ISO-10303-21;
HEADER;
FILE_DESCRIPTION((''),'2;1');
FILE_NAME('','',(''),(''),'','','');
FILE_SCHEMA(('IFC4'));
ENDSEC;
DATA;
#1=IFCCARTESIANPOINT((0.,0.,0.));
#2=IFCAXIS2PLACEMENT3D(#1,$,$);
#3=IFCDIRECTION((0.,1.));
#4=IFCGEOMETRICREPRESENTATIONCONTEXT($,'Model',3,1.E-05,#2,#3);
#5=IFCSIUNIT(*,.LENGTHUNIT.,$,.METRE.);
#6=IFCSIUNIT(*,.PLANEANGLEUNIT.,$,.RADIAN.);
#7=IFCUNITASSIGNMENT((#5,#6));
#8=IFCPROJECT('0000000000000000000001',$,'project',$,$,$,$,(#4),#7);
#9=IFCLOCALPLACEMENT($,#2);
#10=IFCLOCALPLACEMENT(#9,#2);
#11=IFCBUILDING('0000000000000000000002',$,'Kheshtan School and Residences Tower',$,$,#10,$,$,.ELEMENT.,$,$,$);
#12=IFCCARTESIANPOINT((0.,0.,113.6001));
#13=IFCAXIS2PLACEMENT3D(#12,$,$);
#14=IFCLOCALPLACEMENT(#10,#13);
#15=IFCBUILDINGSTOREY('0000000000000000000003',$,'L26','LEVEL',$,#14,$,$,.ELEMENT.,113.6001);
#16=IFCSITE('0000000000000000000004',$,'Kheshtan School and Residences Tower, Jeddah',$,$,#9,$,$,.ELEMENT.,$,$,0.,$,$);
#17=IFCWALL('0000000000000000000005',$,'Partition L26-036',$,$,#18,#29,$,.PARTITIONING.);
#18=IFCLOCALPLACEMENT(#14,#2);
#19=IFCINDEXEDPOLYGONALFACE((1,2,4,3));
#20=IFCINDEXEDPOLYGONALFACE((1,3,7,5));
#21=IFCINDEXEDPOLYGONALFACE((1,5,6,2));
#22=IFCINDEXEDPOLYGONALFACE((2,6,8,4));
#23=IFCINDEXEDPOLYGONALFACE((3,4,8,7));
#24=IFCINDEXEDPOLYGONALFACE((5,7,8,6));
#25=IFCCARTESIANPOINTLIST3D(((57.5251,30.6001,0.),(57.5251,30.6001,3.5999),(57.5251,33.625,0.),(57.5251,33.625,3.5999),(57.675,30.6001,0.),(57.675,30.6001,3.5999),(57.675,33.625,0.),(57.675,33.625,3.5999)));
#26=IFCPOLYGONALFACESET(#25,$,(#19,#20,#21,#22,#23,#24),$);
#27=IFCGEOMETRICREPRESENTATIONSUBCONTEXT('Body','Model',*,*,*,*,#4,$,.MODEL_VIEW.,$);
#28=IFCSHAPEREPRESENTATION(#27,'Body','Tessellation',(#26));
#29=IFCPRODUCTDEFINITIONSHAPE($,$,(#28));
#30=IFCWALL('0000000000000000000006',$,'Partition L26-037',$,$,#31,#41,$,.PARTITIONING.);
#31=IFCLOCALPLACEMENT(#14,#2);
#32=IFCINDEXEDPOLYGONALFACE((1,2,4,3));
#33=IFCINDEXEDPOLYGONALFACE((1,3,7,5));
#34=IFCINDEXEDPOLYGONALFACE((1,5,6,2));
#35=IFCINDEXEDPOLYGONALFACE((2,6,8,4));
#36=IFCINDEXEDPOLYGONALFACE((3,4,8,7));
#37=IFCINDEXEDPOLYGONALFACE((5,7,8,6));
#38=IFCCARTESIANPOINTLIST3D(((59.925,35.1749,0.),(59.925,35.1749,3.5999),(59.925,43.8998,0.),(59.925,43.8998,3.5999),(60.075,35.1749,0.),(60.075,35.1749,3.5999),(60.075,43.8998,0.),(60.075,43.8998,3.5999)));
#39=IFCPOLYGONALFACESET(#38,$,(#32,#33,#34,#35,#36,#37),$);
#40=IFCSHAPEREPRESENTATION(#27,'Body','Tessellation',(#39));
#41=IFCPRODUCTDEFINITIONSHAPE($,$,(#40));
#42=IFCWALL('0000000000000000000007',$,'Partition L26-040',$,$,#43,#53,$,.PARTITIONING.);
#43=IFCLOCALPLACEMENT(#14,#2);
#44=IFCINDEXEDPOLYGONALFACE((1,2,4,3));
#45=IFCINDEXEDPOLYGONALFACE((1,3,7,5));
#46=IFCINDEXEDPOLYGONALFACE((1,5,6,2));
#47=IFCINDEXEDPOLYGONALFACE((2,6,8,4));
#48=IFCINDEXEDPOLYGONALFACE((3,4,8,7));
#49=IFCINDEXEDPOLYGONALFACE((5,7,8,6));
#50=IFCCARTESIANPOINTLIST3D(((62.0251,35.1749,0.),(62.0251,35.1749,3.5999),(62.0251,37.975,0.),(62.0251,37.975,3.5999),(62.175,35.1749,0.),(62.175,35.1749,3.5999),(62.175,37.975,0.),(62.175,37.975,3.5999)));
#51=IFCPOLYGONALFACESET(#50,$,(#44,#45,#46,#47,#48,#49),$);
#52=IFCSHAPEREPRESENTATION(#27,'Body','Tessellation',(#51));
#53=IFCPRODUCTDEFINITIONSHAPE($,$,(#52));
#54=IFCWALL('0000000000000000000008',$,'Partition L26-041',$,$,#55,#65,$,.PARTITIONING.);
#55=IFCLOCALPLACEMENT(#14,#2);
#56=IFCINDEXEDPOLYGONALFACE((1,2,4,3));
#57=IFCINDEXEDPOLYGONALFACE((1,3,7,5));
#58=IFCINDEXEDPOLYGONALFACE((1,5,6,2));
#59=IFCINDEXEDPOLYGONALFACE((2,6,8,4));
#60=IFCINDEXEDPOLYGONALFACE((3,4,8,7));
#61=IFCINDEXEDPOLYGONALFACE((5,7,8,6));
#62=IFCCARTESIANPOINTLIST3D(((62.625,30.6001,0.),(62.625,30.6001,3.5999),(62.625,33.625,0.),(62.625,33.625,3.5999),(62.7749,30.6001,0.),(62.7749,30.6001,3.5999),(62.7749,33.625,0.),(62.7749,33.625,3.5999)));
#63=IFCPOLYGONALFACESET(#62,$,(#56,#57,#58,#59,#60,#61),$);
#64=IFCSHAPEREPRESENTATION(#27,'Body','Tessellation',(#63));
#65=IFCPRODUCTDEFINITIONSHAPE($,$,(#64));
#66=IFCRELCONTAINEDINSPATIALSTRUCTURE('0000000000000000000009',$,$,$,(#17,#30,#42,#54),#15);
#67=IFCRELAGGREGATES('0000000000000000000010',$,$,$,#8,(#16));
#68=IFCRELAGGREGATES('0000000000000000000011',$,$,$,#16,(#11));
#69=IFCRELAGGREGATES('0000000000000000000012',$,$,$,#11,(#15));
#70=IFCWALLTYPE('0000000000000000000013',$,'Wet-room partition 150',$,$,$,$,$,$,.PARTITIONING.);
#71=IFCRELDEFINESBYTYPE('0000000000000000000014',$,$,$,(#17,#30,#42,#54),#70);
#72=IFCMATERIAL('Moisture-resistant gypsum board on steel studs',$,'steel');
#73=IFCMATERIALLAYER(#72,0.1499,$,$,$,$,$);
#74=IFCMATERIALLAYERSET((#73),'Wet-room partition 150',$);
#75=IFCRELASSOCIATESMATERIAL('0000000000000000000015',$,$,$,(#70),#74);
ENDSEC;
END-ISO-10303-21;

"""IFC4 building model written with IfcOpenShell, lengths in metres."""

from ifc_helpers import new_model, si_unit, direction, frame, frame_2d, origin, place, context, subcontext, project, spatial, rectangle, extrude, material, layer, layer_set, type_object, element, save


model = new_model("IFC4")

# Units and contexts
model_context = context("Model", 3, precision=1e-05, world=origin(), true_north=direction((0.0, 1.0)))
body_context = subcontext(model_context, "Body", "Model", "MODEL_VIEW")
ifc_project = project(units=[si_unit("LENGTHUNIT", "METRE"), si_unit("PLANEANGLEUNIT", "RADIAN")], contexts=[model_context])

# Site, building, storey
site_placement = place(None, origin())
site = spatial("IfcSite", under=ifc_project, at=site_placement, Name="Kheshtan School and Residences Tower, Jeddah", CompositionType="ELEMENT", RefElevation=0.0)
building_placement = place(site_placement, origin())
building = spatial("IfcBuilding", under=site, at=building_placement, Name="Kheshtan School and Residences Tower", CompositionType="ELEMENT")
storey_placement = place(building_placement, frame((0.0, 0.0, 113.6001)))
storey = spatial("IfcBuildingStorey", under=building, at=storey_placement, Name="L26", Description="LEVEL", CompositionType="ELEMENT", Elevation=113.6001)

# Shared definitions
ifc_material_1 = material(Name="Moisture-resistant gypsum board on steel studs", Category="steel")
ifc_layer_1 = layer(ifc_material_1, 0.1499)
ifc_layer_set_1 = layer_set([ifc_layer_1], Name="Wet-room partition 150")
wall_type_1 = type_object("IfcWallType", Name="Wet-room partition 150", PredefinedType="PARTITIONING", material=ifc_layer_set_1)

# Walls
wall_1_placement = place(storey_placement, frame((57.6001, 30.6001, 0.0), z_axis=(0.0, 0.0, 1.0), x_axis=(0.0, 1.0, 0.0)))
element("IfcWall", 1, at=wall_1_placement, inside=storey, type_object=wall_type_1, Name="Partition L26-036", PredefinedType="PARTITIONING", context=body_context, shape_type="SweptSolid", body=[
    extrude(rectangle(XDim=3.0249, YDim=0.1499, at=frame_2d((1.5125, 0.0))), origin(), (0.0, 0.0, 1.0), 3.5999),
])
wall_2_placement = place(storey_placement, frame((60.0, 35.175, 0.0), z_axis=(0.0, 0.0, 1.0), x_axis=(0.0, 1.0, 0.0)))
element("IfcWall", 2, at=wall_2_placement, inside=storey, type_object=wall_type_1, Name="Partition L26-037", PredefinedType="PARTITIONING", context=body_context, shape_type="SweptSolid", body=[
    extrude(rectangle(XDim=8.7249, YDim=0.1499, at=frame_2d((4.3623, 0.0))), origin(), (0.0, 0.0, 1.0), 3.5999),
])
wall_3_placement = place(storey_placement, frame((62.1001, 35.175, 0.0), z_axis=(0.0, 0.0, 1.0), x_axis=(0.0, 1.0, 0.0)))
element("IfcWall", 3, at=wall_3_placement, inside=storey, type_object=wall_type_1, Name="Partition L26-040", PredefinedType="PARTITIONING", context=body_context, shape_type="SweptSolid", body=[
    extrude(rectangle(XDim=2.8, YDim=0.1499, at=frame_2d((1.3999, 0.0))), origin(), (0.0, 0.0, 1.0), 3.5999),
])
wall_4_placement = place(storey_placement, frame((62.7, 30.6001, 0.0), z_axis=(0.0, 0.0, 1.0), x_axis=(0.0, 1.0, 0.0)))
element("IfcWall", 4, at=wall_4_placement, inside=storey, type_object=wall_type_1, Name="Partition L26-041", PredefinedType="PARTITIONING", context=body_context, shape_type="SweptSolid", body=[
    extrude(rectangle(XDim=3.0249, YDim=0.1499, at=frame_2d((1.5125, 0.0))), origin(), (0.0, 0.0, 1.0), 3.5999),
])

save(model, "model.ifc")
